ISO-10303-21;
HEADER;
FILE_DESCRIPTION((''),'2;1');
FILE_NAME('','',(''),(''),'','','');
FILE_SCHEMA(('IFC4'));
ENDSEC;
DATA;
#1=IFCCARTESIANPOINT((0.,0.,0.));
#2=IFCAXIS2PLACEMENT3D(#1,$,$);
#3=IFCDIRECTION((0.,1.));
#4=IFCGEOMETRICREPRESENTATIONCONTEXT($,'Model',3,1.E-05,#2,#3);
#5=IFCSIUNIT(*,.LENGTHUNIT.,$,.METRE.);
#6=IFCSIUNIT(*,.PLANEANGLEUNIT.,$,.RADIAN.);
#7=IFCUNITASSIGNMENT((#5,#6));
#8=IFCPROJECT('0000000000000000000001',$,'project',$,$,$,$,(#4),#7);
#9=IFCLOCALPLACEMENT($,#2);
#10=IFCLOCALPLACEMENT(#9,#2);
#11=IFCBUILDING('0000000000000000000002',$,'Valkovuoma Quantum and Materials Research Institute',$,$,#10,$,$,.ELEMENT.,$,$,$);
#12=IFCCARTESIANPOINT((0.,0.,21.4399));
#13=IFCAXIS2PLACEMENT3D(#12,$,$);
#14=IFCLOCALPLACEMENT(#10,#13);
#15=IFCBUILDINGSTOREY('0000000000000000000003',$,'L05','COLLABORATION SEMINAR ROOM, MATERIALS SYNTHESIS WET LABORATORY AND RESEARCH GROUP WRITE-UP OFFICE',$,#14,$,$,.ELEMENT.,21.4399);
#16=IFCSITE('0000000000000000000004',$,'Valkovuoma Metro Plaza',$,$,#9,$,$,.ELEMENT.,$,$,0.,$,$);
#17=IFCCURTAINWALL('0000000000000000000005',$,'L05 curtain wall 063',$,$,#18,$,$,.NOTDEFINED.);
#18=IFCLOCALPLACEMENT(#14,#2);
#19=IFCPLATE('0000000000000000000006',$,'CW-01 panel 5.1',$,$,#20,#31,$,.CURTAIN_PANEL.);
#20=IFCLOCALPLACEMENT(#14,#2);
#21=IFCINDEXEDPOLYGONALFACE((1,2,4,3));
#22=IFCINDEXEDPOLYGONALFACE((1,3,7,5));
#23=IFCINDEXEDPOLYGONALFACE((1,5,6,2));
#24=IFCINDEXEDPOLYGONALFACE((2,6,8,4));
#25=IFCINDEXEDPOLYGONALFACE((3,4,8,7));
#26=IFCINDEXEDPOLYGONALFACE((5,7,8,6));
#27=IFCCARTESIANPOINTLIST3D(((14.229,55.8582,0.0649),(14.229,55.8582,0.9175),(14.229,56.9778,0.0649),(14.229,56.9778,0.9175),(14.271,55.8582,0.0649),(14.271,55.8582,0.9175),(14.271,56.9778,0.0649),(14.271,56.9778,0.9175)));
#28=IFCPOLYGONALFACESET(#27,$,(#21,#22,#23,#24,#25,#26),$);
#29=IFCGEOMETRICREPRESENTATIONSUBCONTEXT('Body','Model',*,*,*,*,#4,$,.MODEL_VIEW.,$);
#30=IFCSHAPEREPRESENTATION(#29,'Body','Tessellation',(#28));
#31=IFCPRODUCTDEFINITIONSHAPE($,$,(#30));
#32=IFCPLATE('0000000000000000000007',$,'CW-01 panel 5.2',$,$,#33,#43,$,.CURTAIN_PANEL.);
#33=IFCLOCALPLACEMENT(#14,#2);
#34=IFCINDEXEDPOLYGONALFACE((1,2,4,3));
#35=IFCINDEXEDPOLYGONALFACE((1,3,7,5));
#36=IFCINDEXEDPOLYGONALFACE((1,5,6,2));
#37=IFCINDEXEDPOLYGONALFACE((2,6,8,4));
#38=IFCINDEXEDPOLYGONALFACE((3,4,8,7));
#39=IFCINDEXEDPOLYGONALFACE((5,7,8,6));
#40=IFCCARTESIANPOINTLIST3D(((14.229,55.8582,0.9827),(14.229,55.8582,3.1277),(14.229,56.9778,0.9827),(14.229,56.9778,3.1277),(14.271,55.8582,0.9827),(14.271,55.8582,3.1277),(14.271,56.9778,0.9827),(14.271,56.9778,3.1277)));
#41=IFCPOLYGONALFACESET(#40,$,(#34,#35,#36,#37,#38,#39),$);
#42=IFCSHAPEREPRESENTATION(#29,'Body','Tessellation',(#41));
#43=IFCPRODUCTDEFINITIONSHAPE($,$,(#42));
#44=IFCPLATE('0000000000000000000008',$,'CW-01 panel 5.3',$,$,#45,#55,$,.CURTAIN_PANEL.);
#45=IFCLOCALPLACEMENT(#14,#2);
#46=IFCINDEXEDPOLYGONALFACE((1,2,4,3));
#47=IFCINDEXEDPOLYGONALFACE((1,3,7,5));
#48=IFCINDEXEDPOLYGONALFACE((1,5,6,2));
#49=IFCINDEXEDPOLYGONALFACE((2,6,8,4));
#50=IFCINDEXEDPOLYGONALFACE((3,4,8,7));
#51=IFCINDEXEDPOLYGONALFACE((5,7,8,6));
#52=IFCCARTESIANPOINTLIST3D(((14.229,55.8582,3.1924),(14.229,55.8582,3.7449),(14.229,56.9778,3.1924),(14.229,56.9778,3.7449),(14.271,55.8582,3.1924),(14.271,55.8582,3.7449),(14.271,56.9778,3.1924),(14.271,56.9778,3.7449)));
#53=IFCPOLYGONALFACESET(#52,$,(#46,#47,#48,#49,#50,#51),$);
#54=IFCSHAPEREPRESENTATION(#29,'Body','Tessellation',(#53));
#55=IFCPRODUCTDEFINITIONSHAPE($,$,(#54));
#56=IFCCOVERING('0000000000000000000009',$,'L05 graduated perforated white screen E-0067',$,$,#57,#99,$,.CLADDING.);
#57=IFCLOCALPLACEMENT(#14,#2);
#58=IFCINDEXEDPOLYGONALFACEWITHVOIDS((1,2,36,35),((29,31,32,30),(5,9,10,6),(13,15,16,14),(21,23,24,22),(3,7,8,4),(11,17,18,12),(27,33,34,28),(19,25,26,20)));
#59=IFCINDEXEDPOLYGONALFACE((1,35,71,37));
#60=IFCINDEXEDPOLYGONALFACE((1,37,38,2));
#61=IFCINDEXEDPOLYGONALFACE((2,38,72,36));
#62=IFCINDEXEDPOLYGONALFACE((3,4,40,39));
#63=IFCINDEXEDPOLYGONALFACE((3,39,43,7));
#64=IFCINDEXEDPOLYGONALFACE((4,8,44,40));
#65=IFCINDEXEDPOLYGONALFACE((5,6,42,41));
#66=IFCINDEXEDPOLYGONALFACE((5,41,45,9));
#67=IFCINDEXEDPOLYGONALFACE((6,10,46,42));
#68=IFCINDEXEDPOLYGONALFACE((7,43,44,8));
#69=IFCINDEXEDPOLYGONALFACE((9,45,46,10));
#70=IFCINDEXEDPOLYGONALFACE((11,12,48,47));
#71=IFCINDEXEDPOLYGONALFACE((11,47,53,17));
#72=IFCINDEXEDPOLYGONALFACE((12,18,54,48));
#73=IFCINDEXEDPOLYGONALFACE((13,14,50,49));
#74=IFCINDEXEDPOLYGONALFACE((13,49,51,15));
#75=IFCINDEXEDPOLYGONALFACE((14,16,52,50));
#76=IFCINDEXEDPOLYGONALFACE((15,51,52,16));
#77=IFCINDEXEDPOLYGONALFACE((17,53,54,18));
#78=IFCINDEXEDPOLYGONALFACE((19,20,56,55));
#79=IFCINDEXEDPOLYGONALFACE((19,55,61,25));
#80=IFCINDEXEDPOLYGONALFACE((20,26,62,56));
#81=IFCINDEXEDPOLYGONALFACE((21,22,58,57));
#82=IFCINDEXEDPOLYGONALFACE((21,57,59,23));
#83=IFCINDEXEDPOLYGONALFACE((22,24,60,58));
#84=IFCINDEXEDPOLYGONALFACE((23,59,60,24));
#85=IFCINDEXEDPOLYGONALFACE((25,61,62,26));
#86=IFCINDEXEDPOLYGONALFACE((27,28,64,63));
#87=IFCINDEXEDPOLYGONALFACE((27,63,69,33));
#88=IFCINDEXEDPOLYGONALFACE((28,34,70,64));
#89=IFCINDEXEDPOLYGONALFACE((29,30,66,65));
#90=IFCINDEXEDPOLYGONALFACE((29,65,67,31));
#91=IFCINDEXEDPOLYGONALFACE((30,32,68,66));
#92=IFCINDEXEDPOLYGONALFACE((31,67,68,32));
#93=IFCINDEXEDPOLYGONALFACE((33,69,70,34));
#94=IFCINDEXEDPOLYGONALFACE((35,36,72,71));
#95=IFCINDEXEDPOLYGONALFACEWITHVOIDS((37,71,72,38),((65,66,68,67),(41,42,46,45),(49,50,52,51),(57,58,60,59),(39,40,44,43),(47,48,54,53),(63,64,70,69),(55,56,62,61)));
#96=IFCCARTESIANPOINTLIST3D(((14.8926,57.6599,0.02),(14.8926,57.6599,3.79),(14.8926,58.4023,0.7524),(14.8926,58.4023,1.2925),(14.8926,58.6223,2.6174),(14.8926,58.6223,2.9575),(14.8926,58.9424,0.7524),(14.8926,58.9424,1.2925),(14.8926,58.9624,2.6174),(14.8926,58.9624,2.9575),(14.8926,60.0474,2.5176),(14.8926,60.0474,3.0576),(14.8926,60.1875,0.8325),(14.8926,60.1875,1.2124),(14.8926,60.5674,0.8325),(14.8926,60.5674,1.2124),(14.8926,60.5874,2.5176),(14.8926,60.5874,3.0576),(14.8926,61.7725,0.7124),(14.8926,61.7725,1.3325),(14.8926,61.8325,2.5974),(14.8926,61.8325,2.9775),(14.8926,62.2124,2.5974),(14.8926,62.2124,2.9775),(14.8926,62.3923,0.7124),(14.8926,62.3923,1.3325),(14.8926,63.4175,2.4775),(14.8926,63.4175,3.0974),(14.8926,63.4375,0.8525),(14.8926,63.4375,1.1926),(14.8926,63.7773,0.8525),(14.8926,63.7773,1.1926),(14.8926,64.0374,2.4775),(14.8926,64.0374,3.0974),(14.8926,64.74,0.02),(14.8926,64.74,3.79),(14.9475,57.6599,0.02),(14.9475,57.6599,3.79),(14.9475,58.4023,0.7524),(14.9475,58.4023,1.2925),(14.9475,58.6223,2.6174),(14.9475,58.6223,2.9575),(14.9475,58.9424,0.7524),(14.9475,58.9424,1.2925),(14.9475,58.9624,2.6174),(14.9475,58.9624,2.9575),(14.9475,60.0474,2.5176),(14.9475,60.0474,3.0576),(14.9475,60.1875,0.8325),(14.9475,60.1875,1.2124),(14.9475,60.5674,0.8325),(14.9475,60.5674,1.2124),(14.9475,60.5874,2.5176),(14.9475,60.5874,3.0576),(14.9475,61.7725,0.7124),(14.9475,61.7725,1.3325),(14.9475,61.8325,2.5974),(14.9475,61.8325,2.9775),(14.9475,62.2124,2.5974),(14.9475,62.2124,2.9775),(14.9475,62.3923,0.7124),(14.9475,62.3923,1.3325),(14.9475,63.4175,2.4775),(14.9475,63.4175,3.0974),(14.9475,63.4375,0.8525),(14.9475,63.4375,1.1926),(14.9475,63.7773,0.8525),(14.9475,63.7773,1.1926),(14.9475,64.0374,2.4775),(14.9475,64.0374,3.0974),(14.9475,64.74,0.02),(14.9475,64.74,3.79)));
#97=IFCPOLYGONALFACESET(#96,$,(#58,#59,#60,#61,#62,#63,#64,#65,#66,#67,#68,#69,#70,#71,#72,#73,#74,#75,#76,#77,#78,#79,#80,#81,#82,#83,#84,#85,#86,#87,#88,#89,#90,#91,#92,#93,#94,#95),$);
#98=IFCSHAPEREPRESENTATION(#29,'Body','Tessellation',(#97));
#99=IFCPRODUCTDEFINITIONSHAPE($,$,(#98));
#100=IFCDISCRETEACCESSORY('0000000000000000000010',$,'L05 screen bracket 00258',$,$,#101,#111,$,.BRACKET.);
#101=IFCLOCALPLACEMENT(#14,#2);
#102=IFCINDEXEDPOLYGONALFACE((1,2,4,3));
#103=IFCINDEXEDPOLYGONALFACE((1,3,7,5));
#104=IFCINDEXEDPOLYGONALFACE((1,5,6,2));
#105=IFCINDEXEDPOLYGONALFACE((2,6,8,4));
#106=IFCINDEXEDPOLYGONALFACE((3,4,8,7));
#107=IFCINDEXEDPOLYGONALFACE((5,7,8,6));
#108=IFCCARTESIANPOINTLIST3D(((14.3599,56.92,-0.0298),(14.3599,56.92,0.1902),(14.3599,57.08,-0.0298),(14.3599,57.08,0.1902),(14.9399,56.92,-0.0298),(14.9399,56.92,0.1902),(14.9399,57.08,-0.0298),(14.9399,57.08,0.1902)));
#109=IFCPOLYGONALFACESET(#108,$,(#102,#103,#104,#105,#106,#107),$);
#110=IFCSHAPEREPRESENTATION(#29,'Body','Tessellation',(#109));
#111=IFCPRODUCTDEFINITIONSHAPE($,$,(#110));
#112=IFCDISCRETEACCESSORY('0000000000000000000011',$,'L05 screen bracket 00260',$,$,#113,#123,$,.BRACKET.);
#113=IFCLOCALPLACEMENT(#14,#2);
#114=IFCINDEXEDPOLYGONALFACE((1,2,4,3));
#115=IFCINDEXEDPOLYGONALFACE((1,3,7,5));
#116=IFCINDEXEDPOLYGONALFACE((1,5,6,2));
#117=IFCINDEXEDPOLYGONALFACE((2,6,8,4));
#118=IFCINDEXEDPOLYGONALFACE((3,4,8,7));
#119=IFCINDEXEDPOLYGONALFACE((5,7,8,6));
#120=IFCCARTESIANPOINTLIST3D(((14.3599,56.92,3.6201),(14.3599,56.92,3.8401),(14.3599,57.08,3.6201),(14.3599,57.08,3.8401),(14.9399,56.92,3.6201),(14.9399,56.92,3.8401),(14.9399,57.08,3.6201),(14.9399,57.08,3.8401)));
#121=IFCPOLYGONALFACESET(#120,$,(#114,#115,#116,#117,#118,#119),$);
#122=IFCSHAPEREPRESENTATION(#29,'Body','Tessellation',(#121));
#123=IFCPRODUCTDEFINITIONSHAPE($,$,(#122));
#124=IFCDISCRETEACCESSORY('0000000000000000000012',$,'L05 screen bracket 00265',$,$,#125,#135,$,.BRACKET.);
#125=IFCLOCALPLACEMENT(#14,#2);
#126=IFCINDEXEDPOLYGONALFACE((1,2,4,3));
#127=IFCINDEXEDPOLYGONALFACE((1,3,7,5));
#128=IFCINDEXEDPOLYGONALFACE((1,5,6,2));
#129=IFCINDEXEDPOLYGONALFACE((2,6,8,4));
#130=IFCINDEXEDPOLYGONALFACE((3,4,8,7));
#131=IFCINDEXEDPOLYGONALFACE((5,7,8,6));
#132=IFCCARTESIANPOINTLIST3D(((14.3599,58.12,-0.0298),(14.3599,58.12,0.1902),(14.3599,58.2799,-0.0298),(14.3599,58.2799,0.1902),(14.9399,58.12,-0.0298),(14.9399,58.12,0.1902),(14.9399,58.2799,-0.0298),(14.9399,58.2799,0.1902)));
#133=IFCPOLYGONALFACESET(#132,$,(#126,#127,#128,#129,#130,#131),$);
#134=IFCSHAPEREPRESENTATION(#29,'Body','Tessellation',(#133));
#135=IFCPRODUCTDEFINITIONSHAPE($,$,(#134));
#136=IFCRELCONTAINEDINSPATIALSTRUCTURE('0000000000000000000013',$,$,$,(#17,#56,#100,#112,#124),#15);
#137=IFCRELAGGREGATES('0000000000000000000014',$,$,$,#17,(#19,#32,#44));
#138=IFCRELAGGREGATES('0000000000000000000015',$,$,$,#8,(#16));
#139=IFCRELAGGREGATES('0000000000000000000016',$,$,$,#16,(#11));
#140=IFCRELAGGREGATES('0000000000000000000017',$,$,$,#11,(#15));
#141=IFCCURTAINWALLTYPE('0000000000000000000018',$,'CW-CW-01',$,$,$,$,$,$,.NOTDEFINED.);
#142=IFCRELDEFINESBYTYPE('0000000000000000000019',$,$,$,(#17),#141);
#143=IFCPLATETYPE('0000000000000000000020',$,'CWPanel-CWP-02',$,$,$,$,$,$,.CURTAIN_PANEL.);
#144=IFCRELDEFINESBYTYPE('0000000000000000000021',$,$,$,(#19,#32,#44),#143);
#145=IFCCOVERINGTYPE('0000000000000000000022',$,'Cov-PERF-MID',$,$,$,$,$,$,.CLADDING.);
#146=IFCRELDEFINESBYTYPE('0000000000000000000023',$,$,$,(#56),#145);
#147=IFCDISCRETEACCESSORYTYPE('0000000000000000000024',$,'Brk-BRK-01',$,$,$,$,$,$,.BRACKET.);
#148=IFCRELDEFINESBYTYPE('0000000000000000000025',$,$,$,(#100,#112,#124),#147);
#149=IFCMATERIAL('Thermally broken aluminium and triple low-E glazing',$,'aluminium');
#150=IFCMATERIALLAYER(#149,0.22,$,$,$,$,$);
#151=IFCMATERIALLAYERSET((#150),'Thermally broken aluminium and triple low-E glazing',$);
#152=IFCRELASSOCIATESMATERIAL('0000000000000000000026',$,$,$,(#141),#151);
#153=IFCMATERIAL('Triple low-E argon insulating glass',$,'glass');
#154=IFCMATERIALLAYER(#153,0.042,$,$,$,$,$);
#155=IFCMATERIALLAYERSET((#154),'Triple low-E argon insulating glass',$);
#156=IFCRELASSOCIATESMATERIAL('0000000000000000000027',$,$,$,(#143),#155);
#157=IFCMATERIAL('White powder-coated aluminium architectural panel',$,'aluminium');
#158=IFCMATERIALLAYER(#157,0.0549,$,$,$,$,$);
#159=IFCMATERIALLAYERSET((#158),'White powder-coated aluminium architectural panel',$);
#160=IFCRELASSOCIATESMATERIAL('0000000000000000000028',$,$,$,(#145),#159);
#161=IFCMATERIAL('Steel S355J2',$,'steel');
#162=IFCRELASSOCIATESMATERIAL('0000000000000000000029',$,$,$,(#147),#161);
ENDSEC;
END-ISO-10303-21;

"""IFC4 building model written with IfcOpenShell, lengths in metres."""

from ifc_helpers import new_model, si_unit, direction, frame, origin, origin_2d, place, context, subcontext, project, spatial, polyline, rectangle, outline, extrude, material, layer, layer_set, type_object, element, aggregate, save


model = new_model("IFC4")

# Units and contexts
model_context = context("Model", 3, precision=1e-05, world=origin(), true_north=direction((0.0, 1.0)))
body_context = subcontext(model_context, "Body", "Model", "MODEL_VIEW")
ifc_project = project(units=[si_unit("LENGTHUNIT", "METRE"), si_unit("PLANEANGLEUNIT", "RADIAN")], contexts=[model_context])

# Site, building, storey
site_placement = place(None, origin())
site = spatial("IfcSite", under=ifc_project, at=site_placement, Name="Valkovuoma Metro Plaza", CompositionType="ELEMENT", RefElevation=0.0)
building_placement = place(site_placement, origin())
building = spatial("IfcBuilding", under=site, at=building_placement, Name="Valkovuoma Quantum and Materials Research Institute", CompositionType="ELEMENT")
storey_placement = place(building_placement, frame((0.0, 0.0, 21.4399)))
storey = spatial("IfcBuildingStorey", under=building, at=storey_placement, Name="L05", Description="COLLABORATION SEMINAR ROOM, MATERIALS SYNTHESIS WET LABORATORY AND RESEARCH GROUP WRITE-UP OFFICE", CompositionType="ELEMENT", Elevation=21.4399)

# Curtain wall
ifc_material_1 = material(Name="Thermally broken aluminium and triple low-E glazing", Category="aluminium")
ifc_layer_1 = layer(ifc_material_1, 0.22)
ifc_layer_set_1 = layer_set([ifc_layer_1], Name="Thermally broken aluminium and triple low-E glazing")
curtain_wall_type = type_object("IfcCurtainWallType", Name="CW-CW-01", PredefinedType="NOTDEFINED", material=ifc_layer_set_1)
curtain_wall_1_placement = place(storey_placement, origin())
curtain_wall_1 = element("IfcCurtainWall", 1, at=curtain_wall_1_placement, inside=storey, type_object=curtain_wall_type, Name="L05 curtain wall 063", PredefinedType="NOTDEFINED")

# Plates
ifc_material_2 = material(Name="Triple low-E argon insulating glass", Category="glass")
ifc_layer_2 = layer(ifc_material_2, 0.042)
ifc_layer_set_2 = layer_set([ifc_layer_2], Name="Triple low-E argon insulating glass")
plate_type = type_object("IfcPlateType", Name="CWPanel-CWP-02", PredefinedType="CURTAIN_PANEL", material=ifc_layer_set_2)
plate_1_placement = place(storey_placement, frame((14.25, 56.418, 0.0649), z_axis=(0.0, 0.0, 1.0), x_axis=(0.0, 1.0, 0.0)))
plate_1 = element("IfcPlate", 2, at=plate_1_placement, type_object=plate_type, Name="CW-01 panel 5.1", PredefinedType="CURTAIN_PANEL", context=body_context, shape_type="SweptSolid", body=[
    extrude(rectangle(XDim=1.1196, YDim=0.042, at=origin_2d()), origin(), (0.0, 0.0, 1.0), 0.8525),
])
plate_2_placement = place(storey_placement, frame((14.25, 56.418, 0.9827), z_axis=(0.0, 0.0, 1.0), x_axis=(0.0, 1.0, 0.0)))
plate_2 = element("IfcPlate", 3, at=plate_2_placement, type_object=plate_type, Name="CW-01 panel 5.2", PredefinedType="CURTAIN_PANEL", context=body_context, shape_type="SweptSolid", body=[
    extrude(rectangle(XDim=1.1196, YDim=0.042, at=origin_2d()), origin(), (0.0, 0.0, 1.0), 2.145),
])
plate_3_placement = place(storey_placement, frame((14.25, 56.418, 3.1924), z_axis=(0.0, 0.0, 1.0), x_axis=(0.0, 1.0, 0.0)))
plate_3 = element("IfcPlate", 4, at=plate_3_placement, type_object=plate_type, Name="CW-01 panel 5.3", PredefinedType="CURTAIN_PANEL", context=body_context, shape_type="SweptSolid", body=[
    extrude(rectangle(XDim=1.1196, YDim=0.042, at=origin_2d()), origin(), (0.0, 0.0, 1.0), 0.5525),
])
aggregate(curtain_wall_1, [plate_1, plate_2, plate_3])

# Covering
ifc_material_3 = material(Name="White powder-coated aluminium architectural panel", Category="aluminium")
ifc_layer_3 = layer(ifc_material_3, 0.0549)
ifc_layer_set_3 = layer_set([ifc_layer_3], Name="White powder-coated aluminium architectural panel")
covering_type = type_object("IfcCoveringType", Name="Cov-PERF-MID", PredefinedType="CLADDING", material=ifc_layer_set_3)
covering_placement = place(storey_placement, frame((14.9199, 57.6599, 0.02), z_axis=(0.0, 0.0, 1.0), x_axis=(0.0, 1.0, 0.0)))
element("IfcCovering", 5, at=covering_placement, inside=storey, type_object=covering_type, Name="L05 graduated perforated white screen E-0067", PredefinedType="CLADDING", context=body_context, shape_type="SweptSolid", body=[
    extrude(outline(polyline([(0.0, 0.0), (7.0801, 0.0), (7.0801, 3.77), (0.0, 3.77), (0.0, 0.0)]), holes=[polyline([(0.7424, 0.7324), (0.7424, 1.2725), (1.2825, 1.2725), (1.2825, 0.7324), (0.7424, 0.7324)]), polyline([(0.9624, 2.5974), (0.9624, 2.9375), (1.3025, 2.9375), (1.3025, 2.5974), (0.9624, 2.5974)]), polyline([(2.5276, 0.8125), (2.5276, 1.1924), (2.9075, 1.1924), (2.9075, 0.8125), (2.5276, 0.8125)]), polyline([(2.3875, 2.4976), (2.3875, 3.0376), (2.9275, 3.0376), (2.9275, 2.4976), (2.3875, 2.4976)]), polyline([(4.1125, 0.6924), (4.1125, 1.3125), (4.7324, 1.3125), (4.7324, 0.6924), (4.1125, 0.6924)]), polyline([(4.1726, 2.5774), (4.1726, 2.9575), (4.5525, 2.9575), (4.5525, 2.5774), (4.1726, 2.5774)]), polyline([(5.7776, 0.8325), (5.7776, 1.1726), (6.1174, 1.1726), (6.1174, 0.8325), (5.7776, 0.8325)]), polyline([(5.7576, 2.4575), (5.7576, 3.0774), (6.3774, 3.0774), (6.3774, 2.4575), (5.7576, 2.4575)])]), frame((0.0, 0.0273, 0.0), z_axis=(0.0, -1.0, 0.0), x_axis=(1.0, 0.0, 0.0)), (0.0, 0.0, 1.0), 0.0549),
])

# Discrete accessories
ifc_material_4 = material(Name="Steel S355J2", Category="steel")
discrete_accessory_type = type_object("IfcDiscreteAccessoryType", Name="Brk-BRK-01", PredefinedType="BRACKET", material=ifc_material_4)
for number, where, z_axis, x_axis, name in (
    (6, (14.6499, 57.0, -0.0298), (0.0, 0.0, 1.0), (1.0, 0.0, 0.0), "L05 screen bracket 00258"),
    (7, (14.6499, 57.0, 3.6201), (0.0, 0.0, 1.0), (1.0, 0.0, 0.0), "L05 screen bracket 00260"),
    (8, (14.6499, 58.2, -0.0298), (0.0, 0.0, 1.0), (1.0, 0.0, 0.0), "L05 screen bracket 00265"),
):
    element("IfcDiscreteAccessory", number, at=place(storey_placement, frame(where, z_axis=z_axis, x_axis=x_axis)), inside=storey, type_object=discrete_accessory_type, Name=name, PredefinedType="BRACKET", context=body_context, shape_type="SweptSolid", body=[
        extrude(rectangle(XDim=0.5801, YDim=0.1599, at=origin_2d()), origin(), (0.0, 0.0, 1.0), 0.22),
    ])

save(model, "model.ifc")
